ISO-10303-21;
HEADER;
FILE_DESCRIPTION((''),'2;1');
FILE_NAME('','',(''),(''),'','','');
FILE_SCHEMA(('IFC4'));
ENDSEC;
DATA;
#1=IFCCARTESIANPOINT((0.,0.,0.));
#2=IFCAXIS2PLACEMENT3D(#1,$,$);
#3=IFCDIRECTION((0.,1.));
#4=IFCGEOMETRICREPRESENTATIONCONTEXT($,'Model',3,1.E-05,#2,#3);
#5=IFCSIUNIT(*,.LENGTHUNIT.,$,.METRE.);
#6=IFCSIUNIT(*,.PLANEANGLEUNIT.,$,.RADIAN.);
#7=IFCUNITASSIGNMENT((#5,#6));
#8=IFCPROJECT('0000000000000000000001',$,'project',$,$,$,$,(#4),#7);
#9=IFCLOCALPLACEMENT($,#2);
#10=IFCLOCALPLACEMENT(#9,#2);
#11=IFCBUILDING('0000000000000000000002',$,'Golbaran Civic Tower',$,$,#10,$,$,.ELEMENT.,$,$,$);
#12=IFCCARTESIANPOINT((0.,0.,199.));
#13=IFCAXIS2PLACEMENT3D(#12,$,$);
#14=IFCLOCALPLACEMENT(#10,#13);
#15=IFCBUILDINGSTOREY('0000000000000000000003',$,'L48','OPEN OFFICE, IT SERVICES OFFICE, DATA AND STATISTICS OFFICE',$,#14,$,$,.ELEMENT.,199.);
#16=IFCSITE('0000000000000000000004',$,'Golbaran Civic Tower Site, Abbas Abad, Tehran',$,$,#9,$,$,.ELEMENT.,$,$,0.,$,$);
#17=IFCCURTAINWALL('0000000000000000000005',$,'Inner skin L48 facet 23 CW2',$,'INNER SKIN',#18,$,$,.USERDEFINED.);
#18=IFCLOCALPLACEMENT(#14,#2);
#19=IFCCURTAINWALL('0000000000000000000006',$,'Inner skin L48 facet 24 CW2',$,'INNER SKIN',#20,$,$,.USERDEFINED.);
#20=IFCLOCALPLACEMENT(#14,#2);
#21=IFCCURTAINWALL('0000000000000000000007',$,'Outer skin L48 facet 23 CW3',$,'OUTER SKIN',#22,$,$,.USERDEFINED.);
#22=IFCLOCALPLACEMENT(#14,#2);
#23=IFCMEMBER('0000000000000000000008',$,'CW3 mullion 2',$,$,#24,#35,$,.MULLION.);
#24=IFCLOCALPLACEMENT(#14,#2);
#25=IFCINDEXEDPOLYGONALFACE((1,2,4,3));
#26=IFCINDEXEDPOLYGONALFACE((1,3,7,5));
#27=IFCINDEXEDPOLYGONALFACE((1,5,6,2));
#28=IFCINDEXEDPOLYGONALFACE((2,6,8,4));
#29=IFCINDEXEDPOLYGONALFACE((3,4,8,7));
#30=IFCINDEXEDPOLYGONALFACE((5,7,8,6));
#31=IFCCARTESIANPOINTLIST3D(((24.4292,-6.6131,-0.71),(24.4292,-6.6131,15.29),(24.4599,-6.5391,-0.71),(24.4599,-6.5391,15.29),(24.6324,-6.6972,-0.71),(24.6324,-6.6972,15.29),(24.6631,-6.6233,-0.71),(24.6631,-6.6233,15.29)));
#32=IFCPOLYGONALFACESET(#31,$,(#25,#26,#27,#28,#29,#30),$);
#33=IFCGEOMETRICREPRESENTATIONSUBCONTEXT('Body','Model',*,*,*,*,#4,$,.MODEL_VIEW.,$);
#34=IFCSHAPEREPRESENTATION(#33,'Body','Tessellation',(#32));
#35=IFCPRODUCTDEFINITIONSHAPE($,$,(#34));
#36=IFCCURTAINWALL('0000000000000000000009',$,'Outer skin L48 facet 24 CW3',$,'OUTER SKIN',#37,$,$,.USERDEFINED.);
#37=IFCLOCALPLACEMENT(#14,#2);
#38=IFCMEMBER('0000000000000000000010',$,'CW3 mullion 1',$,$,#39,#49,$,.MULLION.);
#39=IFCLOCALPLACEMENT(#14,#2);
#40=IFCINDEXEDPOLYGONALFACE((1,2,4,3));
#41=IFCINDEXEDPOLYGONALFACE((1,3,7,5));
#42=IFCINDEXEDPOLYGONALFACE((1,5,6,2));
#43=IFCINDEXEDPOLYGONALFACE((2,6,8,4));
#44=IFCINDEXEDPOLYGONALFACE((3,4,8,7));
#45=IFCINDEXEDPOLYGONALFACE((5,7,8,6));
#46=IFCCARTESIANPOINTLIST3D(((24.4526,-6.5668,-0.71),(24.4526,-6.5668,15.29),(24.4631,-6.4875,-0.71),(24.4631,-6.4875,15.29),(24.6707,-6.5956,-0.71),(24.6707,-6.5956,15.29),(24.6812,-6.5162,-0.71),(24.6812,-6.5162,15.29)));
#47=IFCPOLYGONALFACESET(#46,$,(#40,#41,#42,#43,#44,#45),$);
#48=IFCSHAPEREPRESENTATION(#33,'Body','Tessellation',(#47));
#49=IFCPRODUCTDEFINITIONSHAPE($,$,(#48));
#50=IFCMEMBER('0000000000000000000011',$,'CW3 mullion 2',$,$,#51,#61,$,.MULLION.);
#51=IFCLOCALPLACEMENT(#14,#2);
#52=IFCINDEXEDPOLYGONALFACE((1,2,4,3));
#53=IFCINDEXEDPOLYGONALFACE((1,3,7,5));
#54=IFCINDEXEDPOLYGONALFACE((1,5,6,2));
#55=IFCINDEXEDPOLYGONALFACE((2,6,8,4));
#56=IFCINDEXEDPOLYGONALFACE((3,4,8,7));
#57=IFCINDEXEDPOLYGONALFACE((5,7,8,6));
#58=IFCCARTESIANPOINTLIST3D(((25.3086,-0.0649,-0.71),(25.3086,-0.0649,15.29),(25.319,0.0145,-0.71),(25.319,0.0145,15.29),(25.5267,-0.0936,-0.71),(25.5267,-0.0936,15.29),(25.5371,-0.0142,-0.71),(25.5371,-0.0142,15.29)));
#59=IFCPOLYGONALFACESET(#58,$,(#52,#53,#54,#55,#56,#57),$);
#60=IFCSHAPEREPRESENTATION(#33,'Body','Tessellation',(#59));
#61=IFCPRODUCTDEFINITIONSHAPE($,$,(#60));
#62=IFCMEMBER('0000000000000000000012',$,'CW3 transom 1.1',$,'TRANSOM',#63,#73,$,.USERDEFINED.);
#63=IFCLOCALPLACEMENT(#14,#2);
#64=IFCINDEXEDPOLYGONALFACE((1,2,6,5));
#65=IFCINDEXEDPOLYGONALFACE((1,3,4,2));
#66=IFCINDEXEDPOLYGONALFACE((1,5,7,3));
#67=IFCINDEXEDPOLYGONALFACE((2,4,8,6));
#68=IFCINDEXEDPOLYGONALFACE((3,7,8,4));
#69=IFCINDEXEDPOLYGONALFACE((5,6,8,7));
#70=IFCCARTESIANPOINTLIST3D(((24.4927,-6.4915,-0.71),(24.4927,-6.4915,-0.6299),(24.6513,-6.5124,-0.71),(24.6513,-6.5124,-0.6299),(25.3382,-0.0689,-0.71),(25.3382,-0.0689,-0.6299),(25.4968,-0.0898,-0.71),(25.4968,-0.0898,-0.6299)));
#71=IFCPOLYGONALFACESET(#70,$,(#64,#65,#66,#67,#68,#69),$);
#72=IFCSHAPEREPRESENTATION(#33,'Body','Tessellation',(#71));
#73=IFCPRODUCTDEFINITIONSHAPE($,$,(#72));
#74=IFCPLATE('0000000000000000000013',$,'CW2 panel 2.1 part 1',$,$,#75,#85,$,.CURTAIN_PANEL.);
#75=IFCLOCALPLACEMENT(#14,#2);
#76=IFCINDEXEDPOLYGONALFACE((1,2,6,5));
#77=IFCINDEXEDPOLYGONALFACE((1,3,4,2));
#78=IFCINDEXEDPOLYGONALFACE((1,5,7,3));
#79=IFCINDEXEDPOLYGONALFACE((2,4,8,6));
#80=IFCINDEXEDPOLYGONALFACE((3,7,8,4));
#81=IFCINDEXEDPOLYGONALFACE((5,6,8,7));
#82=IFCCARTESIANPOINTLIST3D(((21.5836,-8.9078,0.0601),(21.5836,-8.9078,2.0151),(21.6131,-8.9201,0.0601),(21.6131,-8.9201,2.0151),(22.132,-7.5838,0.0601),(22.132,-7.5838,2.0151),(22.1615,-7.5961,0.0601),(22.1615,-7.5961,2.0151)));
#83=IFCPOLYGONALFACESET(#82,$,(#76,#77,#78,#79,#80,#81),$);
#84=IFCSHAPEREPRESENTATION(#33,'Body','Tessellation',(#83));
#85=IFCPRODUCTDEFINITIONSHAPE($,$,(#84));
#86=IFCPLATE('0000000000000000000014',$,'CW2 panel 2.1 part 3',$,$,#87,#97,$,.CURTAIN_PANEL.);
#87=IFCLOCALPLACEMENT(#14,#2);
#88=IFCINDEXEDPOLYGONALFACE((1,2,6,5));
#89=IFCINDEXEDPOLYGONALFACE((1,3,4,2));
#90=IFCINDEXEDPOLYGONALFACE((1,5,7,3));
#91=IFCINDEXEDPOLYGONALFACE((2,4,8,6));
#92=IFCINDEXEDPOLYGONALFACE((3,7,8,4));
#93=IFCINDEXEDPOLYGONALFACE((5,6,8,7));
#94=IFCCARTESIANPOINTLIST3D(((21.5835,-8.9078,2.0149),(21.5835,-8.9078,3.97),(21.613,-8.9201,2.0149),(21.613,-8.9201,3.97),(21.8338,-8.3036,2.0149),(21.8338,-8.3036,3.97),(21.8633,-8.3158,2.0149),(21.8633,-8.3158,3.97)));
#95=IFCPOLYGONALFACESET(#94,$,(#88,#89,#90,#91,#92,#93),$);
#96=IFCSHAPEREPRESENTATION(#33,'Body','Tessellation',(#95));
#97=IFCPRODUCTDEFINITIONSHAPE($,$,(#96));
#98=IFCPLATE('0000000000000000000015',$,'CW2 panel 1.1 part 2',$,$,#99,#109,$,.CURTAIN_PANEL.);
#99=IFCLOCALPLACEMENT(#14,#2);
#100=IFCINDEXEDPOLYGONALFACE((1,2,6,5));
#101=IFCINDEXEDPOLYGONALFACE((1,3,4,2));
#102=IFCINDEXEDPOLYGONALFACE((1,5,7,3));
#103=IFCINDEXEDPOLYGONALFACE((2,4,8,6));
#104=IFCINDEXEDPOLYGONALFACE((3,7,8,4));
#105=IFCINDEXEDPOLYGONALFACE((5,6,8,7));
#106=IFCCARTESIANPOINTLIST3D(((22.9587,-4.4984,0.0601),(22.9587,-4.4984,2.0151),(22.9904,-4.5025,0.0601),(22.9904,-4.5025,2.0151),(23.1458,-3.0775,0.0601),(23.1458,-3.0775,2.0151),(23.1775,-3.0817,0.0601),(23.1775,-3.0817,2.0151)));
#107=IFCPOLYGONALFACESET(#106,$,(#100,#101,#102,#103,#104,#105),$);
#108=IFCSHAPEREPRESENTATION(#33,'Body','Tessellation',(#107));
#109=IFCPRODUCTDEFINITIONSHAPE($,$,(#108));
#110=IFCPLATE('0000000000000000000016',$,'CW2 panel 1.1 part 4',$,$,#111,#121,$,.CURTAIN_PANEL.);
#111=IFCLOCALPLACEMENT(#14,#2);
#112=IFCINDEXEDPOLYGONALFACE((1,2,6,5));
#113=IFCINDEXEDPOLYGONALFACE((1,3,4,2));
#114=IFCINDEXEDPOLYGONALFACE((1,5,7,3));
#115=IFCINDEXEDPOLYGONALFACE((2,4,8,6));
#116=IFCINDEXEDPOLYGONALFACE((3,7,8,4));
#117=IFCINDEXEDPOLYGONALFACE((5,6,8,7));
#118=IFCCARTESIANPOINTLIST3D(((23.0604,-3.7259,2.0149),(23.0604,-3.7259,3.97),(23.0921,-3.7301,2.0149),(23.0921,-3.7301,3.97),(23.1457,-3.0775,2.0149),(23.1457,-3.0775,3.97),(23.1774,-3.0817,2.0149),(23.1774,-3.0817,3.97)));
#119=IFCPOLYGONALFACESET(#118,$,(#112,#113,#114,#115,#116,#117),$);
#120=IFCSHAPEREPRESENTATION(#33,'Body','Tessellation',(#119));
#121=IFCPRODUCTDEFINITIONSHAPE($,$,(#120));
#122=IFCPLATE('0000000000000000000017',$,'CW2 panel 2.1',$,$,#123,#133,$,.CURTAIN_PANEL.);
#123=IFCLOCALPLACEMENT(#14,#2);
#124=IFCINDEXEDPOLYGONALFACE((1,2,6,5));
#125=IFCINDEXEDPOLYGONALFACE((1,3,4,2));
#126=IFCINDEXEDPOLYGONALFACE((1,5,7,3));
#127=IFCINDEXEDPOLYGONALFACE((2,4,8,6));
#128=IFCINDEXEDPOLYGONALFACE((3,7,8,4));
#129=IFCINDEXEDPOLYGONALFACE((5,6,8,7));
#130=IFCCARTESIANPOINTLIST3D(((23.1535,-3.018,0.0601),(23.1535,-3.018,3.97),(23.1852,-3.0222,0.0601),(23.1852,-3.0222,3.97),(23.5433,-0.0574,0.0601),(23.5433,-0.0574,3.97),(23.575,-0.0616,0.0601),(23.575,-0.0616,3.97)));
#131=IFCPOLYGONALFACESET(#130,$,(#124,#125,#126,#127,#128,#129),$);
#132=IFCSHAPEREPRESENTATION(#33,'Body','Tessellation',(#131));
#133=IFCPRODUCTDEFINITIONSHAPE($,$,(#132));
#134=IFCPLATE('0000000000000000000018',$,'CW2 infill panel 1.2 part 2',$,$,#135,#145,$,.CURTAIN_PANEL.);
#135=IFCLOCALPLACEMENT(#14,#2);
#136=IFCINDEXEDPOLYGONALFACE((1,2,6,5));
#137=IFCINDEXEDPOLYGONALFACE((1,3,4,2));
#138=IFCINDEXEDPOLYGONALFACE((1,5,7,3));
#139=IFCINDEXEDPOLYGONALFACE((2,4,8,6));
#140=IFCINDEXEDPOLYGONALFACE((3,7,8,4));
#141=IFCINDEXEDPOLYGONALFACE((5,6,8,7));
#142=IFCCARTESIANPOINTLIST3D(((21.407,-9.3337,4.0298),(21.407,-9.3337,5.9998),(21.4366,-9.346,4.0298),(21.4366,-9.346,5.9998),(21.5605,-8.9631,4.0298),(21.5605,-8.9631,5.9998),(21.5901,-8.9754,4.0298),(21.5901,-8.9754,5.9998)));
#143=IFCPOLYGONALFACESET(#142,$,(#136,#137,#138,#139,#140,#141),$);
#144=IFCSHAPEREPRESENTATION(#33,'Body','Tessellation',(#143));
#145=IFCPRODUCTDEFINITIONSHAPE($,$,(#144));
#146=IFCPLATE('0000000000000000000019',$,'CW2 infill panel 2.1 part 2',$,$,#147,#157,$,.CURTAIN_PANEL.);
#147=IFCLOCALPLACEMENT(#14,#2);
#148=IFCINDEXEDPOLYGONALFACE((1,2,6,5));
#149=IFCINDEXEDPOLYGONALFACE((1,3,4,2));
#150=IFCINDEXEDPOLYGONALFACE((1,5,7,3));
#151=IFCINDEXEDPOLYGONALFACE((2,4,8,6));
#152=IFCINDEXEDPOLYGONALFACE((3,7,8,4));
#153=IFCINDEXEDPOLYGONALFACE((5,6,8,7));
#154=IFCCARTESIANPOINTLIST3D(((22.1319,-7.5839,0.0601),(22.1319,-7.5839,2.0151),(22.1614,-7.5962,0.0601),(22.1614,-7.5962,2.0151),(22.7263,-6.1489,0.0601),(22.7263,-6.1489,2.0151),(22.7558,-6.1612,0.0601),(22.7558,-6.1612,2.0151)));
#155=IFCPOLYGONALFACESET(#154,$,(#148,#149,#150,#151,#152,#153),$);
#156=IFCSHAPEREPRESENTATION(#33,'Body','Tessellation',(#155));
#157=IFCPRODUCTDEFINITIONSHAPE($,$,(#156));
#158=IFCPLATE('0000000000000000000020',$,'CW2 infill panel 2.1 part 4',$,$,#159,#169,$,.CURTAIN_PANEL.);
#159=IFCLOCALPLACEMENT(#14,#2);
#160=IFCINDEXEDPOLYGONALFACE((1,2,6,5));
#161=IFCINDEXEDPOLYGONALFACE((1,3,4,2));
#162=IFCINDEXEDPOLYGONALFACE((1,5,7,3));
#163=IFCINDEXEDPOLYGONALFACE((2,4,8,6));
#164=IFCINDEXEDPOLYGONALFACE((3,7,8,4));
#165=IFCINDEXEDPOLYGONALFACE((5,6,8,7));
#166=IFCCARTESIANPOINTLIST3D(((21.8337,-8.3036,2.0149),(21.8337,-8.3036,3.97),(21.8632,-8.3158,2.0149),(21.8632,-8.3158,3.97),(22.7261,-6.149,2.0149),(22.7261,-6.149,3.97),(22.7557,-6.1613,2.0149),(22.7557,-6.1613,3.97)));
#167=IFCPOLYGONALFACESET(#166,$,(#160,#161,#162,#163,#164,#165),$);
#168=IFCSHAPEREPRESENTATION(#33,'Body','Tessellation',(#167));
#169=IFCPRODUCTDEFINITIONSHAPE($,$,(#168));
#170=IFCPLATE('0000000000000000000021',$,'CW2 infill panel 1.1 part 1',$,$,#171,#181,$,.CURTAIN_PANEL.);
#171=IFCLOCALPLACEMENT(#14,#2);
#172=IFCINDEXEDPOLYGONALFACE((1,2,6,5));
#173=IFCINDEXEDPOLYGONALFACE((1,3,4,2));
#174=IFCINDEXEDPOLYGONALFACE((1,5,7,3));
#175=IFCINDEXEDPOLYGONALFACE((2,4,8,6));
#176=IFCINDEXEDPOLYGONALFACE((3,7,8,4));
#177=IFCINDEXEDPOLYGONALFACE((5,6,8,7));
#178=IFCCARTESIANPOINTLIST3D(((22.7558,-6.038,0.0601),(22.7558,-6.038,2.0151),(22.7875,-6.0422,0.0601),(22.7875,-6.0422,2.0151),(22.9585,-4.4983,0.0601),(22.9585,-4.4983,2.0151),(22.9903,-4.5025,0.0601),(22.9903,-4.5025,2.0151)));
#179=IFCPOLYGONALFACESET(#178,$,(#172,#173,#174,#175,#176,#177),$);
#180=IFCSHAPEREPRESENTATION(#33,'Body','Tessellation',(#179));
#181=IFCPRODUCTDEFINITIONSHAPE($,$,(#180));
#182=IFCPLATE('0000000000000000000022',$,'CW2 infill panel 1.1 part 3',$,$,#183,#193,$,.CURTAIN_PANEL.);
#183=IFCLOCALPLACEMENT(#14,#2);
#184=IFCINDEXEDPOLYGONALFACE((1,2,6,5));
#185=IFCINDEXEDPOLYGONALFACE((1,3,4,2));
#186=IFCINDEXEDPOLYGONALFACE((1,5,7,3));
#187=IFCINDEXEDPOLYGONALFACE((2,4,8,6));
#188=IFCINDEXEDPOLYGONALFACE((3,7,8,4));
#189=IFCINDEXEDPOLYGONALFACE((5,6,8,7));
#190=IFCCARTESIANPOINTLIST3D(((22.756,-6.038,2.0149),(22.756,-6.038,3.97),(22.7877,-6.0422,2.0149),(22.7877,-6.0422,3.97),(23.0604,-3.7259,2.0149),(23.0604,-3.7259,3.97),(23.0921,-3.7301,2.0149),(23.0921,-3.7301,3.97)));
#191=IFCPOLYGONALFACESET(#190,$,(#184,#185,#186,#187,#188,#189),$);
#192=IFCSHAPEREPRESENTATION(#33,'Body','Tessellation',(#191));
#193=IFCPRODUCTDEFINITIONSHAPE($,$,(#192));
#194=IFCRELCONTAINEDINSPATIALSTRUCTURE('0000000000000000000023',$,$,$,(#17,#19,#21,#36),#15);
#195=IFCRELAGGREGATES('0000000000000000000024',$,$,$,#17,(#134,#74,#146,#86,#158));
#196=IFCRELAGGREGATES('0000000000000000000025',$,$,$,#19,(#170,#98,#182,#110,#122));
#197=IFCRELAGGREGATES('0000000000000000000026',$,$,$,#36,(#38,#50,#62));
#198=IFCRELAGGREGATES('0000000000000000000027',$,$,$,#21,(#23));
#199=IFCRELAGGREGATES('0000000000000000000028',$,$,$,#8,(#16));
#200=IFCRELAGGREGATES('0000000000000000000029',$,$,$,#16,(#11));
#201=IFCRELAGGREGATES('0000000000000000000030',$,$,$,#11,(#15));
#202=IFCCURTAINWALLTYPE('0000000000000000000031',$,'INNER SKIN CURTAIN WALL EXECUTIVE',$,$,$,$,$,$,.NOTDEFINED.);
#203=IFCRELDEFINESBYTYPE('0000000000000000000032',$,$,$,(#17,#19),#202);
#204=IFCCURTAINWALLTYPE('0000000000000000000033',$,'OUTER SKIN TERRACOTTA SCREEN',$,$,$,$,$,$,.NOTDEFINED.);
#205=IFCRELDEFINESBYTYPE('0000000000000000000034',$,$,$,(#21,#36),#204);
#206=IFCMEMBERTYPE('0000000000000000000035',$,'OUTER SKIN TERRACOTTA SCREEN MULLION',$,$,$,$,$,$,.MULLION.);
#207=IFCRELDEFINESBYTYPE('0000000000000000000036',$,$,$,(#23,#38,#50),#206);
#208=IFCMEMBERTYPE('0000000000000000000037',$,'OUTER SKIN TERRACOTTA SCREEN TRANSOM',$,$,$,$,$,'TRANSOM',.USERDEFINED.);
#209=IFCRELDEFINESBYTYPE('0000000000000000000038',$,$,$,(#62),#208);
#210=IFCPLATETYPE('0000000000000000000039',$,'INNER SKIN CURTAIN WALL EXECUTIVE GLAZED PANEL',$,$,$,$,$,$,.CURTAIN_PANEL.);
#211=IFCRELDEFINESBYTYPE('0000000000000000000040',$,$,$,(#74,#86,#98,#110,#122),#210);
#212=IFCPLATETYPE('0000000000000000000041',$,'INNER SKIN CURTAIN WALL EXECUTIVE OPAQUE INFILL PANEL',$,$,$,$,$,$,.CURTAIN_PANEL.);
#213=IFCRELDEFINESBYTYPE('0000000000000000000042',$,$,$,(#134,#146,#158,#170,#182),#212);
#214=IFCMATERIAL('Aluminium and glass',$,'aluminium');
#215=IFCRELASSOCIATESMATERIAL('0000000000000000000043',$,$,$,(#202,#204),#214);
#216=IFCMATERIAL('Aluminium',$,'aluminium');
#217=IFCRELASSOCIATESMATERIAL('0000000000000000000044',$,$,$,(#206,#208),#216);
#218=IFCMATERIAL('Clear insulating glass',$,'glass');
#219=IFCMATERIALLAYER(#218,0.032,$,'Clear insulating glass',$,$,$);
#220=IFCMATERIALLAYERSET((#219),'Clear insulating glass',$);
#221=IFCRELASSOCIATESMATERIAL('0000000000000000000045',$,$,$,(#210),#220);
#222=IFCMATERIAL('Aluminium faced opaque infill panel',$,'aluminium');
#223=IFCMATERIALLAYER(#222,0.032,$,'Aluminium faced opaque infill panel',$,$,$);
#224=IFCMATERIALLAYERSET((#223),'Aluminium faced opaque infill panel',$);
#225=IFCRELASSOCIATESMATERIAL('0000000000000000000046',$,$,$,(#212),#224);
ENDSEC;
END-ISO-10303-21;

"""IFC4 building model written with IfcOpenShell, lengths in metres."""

from ifc_helpers import new_model, si_unit, direction, frame, origin, origin_2d, place, context, subcontext, project, spatial, rectangle, extrude, material, layer, layer_set, material_profile, profile_set, type_object, element, aggregate, save


model = new_model("IFC4")

# Units and contexts
model_context = context("Model", 3, precision=1e-05, world=origin(), true_north=direction((0.0, 1.0)))
body_context = subcontext(model_context, "Body", "Model", "MODEL_VIEW")
ifc_project = project(units=[si_unit("LENGTHUNIT", "METRE"), si_unit("PLANEANGLEUNIT", "RADIAN")], contexts=[model_context])

# Site, building, storey
site_placement = place(None, origin())
site = spatial("IfcSite", under=ifc_project, at=site_placement, Name="Golbaran Civic Tower Site, Abbas Abad, Tehran", CompositionType="ELEMENT", RefElevation=0.0)
building_placement = place(site_placement, origin())
building = spatial("IfcBuilding", under=site, at=building_placement, Name="Golbaran Civic Tower", CompositionType="ELEMENT")
storey_placement = place(building_placement, frame((0.0, 0.0, 199.0)))
storey = spatial("IfcBuildingStorey", under=building, at=storey_placement, Name="L48", Description="OPEN OFFICE, IT SERVICES OFFICE, DATA AND STATISTICS OFFICE", CompositionType="ELEMENT", Elevation=199.0)

# Curtain walls
ifc_material_1 = material(Name="Aluminium and glass", Category="aluminium")
curtain_wall_type_1 = type_object("IfcCurtainWallType", Name="INNER SKIN CURTAIN WALL EXECUTIVE", PredefinedType="NOTDEFINED", material=ifc_material_1)
curtain_wall_1_placement = place(storey_placement, origin())
curtain_wall_1 = element("IfcCurtainWall", 1, at=curtain_wall_1_placement, inside=storey, type_object=curtain_wall_type_1, Name="Inner skin L48 facet 23 CW2", ObjectType="INNER SKIN", PredefinedType="USERDEFINED")
ifc_material_2 = material(Name="Aluminium", Category="aluminium")
curtain_wall_2_placement = place(storey_placement, origin())
curtain_wall_2 = element("IfcCurtainWall", 2, at=curtain_wall_2_placement, inside=storey, type_object=curtain_wall_type_1, Name="Inner skin L48 facet 24 CW2", ObjectType="INNER SKIN", PredefinedType="USERDEFINED")

# Curtain wall, member
curtain_wall_type_2 = type_object("IfcCurtainWallType", Name="OUTER SKIN TERRACOTTA SCREEN", PredefinedType="NOTDEFINED", material=ifc_material_1)
curtain_wall_3_placement = place(storey_placement, origin())
curtain_wall_3 = element("IfcCurtainWall", 3, at=curtain_wall_3_placement, inside=storey, type_object=curtain_wall_type_2, Name="Outer skin L48 facet 23 CW3", ObjectType="OUTER SKIN", PredefinedType="USERDEFINED")
ifc_material_profile_1 = material_profile(ifc_material_2, rectangle(XDim=0.22, YDim=0.0801, at=origin_2d()), Name="OUTER SKIN TERRACOTTA SCREEN MULLION")
ifc_profile_set_1 = profile_set([ifc_material_profile_1], Name="Aluminium")
member_type_1 = type_object("IfcMemberType", Name="OUTER SKIN TERRACOTTA SCREEN MULLION", PredefinedType="MULLION", material=ifc_profile_set_1)
member_1_placement = place(storey_placement, frame((24.5461, -6.6182, -0.71), z_axis=(0.0, 0.0, 1.0), x_axis=(-0.92388, 0.382683, 0.0)))
member_1 = element("IfcMember", 4, at=member_1_placement, type_object=member_type_1, Name="CW3 mullion 2", PredefinedType="MULLION", context=body_context, shape_type="SweptSolid", body=[
    extrude(rectangle(XDim=0.22, YDim=0.0801, at=origin_2d()), origin(), (0.0, 0.0, 1.0), 16.0),
])

# Curtain wall, members
curtain_wall_4_placement = place(storey_placement, origin())
curtain_wall_4 = element("IfcCurtainWall", 5, at=curtain_wall_4_placement, inside=storey, type_object=curtain_wall_type_2, Name="Outer skin L48 facet 24 CW3", ObjectType="OUTER SKIN", PredefinedType="USERDEFINED")
member_2_placement = place(storey_placement, frame((24.5669, -6.5415, -0.71), z_axis=(0.0, 0.0, 1.0), x_axis=(-0.991445, 0.130526, 0.0)))
member_2 = element("IfcMember", 6, at=member_2_placement, type_object=member_type_1, Name="CW3 mullion 1", PredefinedType="MULLION", context=body_context, shape_type="SweptSolid", body=[
    extrude(rectangle(XDim=0.22, YDim=0.0801, at=origin_2d()), origin(), (0.0, 0.0, 1.0), 16.0),
])
member_3_placement = place(storey_placement, frame((25.4229, -0.0396, -0.71), z_axis=(0.0, 0.0, 1.0), x_axis=(-0.991445, 0.130526, 0.0)))
member_3 = element("IfcMember", 7, at=member_3_placement, type_object=member_type_1, Name="CW3 mullion 2", PredefinedType="MULLION", context=body_context, shape_type="SweptSolid", body=[
    extrude(rectangle(XDim=0.22, YDim=0.0801, at=origin_2d()), origin(), (0.0, 0.0, 1.0), 16.0),
])
ifc_material_profile_2 = material_profile(ifc_material_2, rectangle(XDim=0.1599, YDim=0.0801, at=origin_2d()), Name="OUTER SKIN TERRACOTTA SCREEN TRANSOM")
ifc_profile_set_2 = profile_set([ifc_material_profile_2], Name="Aluminium")
member_type_2 = type_object("IfcMemberType", Name="OUTER SKIN TERRACOTTA SCREEN TRANSOM", ElementType="TRANSOM", PredefinedType="USERDEFINED", material=ifc_profile_set_2)
member_4_placement = place(storey_placement, frame((24.572, -6.502, -0.6699), z_axis=(0.130512, 0.991447, 0.0), x_axis=(-0.991447, 0.130512, 0.0)))
member_4 = element("IfcMember", 8, at=member_4_placement, type_object=member_type_2, Name="CW3 transom 1.1", ObjectType="TRANSOM", PredefinedType="USERDEFINED", context=body_context, shape_type="SweptSolid", body=[
    extrude(rectangle(XDim=0.1599, YDim=0.0801, at=origin_2d()), origin(), (0.0, 0.0, 1.0), 6.478),
])

# Plates
ifc_material_3 = material(Name="Clear insulating glass", Category="glass")
ifc_layer_1 = layer(ifc_material_3, 0.032, Name="Clear insulating glass")
ifc_layer_set_1 = layer_set([ifc_layer_1], Name="Clear insulating glass")
plate_type_1 = type_object("IfcPlateType", Name="INNER SKIN CURTAIN WALL EXECUTIVE GLAZED PANEL", PredefinedType="CURTAIN_PANEL", material=ifc_layer_set_1)
plate_1_placement = place(storey_placement, frame((21.8726, -8.252, 0.0601), z_axis=(0.0, 0.0, 1.0), x_axis=(0.382683, 0.92388, 0.0)))
plate_1 = element("IfcPlate", 9, at=plate_1_placement, type_object=plate_type_1, Name="CW2 panel 2.1 part 1", PredefinedType="CURTAIN_PANEL", context=body_context, shape_type="SweptSolid", body=[
    extrude(rectangle(XDim=1.4331, YDim=0.032, at=origin_2d()), origin(), (0.0, 0.0, 1.0), 1.9551),
])
plate_2_placement = place(storey_placement, frame((21.7234, -8.6118, 2.0149), z_axis=(0.0, 0.0, 1.0), x_axis=(0.382683, 0.92388, 0.0)))
plate_2 = element("IfcPlate", 10, at=plate_2_placement, type_object=plate_type_1, Name="CW2 panel 2.1 part 3", PredefinedType="CURTAIN_PANEL", context=body_context, shape_type="SweptSolid", body=[
    extrude(rectangle(XDim=0.6541, YDim=0.032, at=origin_2d()), origin(), (0.0, 0.0, 1.0), 1.9551),
])
plate_3_placement = place(storey_placement, frame((23.0681, -3.79, 0.0601), z_axis=(0.0, 0.0, 1.0), x_axis=(0.130526, 0.991445, 0.0)))
plate_3 = element("IfcPlate", 11, at=plate_3_placement, type_object=plate_type_1, Name="CW2 panel 1.1 part 2", PredefinedType="CURTAIN_PANEL", context=body_context, shape_type="SweptSolid", body=[
    extrude(rectangle(XDim=1.4331, YDim=0.032, at=origin_2d()), origin(), (0.0, 0.0, 1.0), 1.9551),
])
plate_4_placement = place(storey_placement, frame((23.1189, -3.4038, 2.0149), z_axis=(0.0, 0.0, 1.0), x_axis=(0.130526, 0.991445, 0.0)))
plate_4 = element("IfcPlate", 12, at=plate_4_placement, type_object=plate_type_1, Name="CW2 panel 1.1 part 4", PredefinedType="CURTAIN_PANEL", context=body_context, shape_type="SweptSolid", body=[
    extrude(rectangle(XDim=0.6541, YDim=0.032, at=origin_2d()), origin(), (0.0, 0.0, 1.0), 1.9551),
])
plate_5_placement = place(storey_placement, frame((23.3643, -1.5398, 0.0601), z_axis=(0.0, 0.0, 1.0), x_axis=(0.130526, 0.991445, 0.0)))
plate_5 = element("IfcPlate", 13, at=plate_5_placement, type_object=plate_type_1, Name="CW2 panel 2.1", PredefinedType="CURTAIN_PANEL", context=body_context, shape_type="SweptSolid", body=[
    extrude(rectangle(XDim=2.9861, YDim=0.032, at=origin_2d()), origin(), (0.0, 0.0, 1.0), 3.9099),
])
ifc_material_4 = material(Name="Aluminium faced opaque infill panel", Category="aluminium")
ifc_layer_2 = layer(ifc_material_4, 0.032, Name="Aluminium faced opaque infill panel")
ifc_layer_set_2 = layer_set([ifc_layer_2], Name="Aluminium faced opaque infill panel")
plate_type_2 = type_object("IfcPlateType", Name="INNER SKIN CURTAIN WALL EXECUTIVE OPAQUE INFILL PANEL", PredefinedType="CURTAIN_PANEL", material=ifc_layer_set_2)
plate_6_placement = place(storey_placement, frame((21.4985, -9.1545, 4.0298), z_axis=(0.0, 0.0, 1.0), x_axis=(0.382683, 0.92388, 0.0)))
plate_6 = element("IfcPlate", 14, at=plate_6_placement, type_object=plate_type_2, Name="CW2 infill panel 1.2 part 2", PredefinedType="CURTAIN_PANEL", context=body_context, shape_type="SweptSolid", body=[
    extrude(rectangle(XDim=0.4011, YDim=0.032, at=origin_2d()), origin(), (0.0, 0.0, 1.0), 1.97),
])
plate_7_placement = place(storey_placement, frame((22.4438, -6.8726, 0.0601), z_axis=(0.0, 0.0, 1.0), x_axis=(0.382683, 0.92388, 0.0)))
plate_7 = element("IfcPlate", 15, at=plate_7_placement, type_object=plate_type_2, Name="CW2 infill panel 2.1 part 2", PredefinedType="CURTAIN_PANEL", context=body_context, shape_type="SweptSolid", body=[
    extrude(rectangle(XDim=1.5532, YDim=0.032, at=origin_2d()), origin(), (0.0, 0.0, 1.0), 1.9551),
])
plate_8_placement = place(storey_placement, frame((22.2947, -7.2324, 2.0149), z_axis=(0.0, 0.0, 1.0), x_axis=(0.382683, 0.92388, 0.0)))
plate_8 = element("IfcPlate", 16, at=plate_8_placement, type_object=plate_type_2, Name="CW2 infill panel 2.1 part 4", PredefinedType="CURTAIN_PANEL", context=body_context, shape_type="SweptSolid", body=[
    extrude(rectangle(XDim=2.332, YDim=0.032, at=origin_2d()), origin(), (0.0, 0.0, 1.0), 1.9551),
])
aggregate(curtain_wall_1, [plate_6, plate_1, plate_7, plate_2, plate_8])
plate_9_placement = place(storey_placement, frame((22.873, -5.2703, 0.0601), z_axis=(0.0, 0.0, 1.0), x_axis=(0.130526, 0.991445, 0.0)))
plate_9 = element("IfcPlate", 17, at=plate_9_placement, type_object=plate_type_2, Name="CW2 infill panel 1.1 part 1", PredefinedType="CURTAIN_PANEL", context=body_context, shape_type="SweptSolid", body=[
    extrude(rectangle(XDim=1.553, YDim=0.032, at=origin_2d()), origin(), (0.0, 0.0, 1.0), 1.9551),
])
plate_10_placement = place(storey_placement, frame((22.9241, -4.884, 2.0149), z_axis=(0.0, 0.0, 1.0), x_axis=(0.130526, 0.991445, 0.0)))
plate_10 = element("IfcPlate", 18, at=plate_10_placement, type_object=plate_type_2, Name="CW2 infill panel 1.1 part 3", PredefinedType="CURTAIN_PANEL", context=body_context, shape_type="SweptSolid", body=[
    extrude(rectangle(XDim=2.332, YDim=0.032, at=origin_2d()), origin(), (0.0, 0.0, 1.0), 1.9551),
])
aggregate(curtain_wall_2, [plate_9, plate_3, plate_10, plate_4, plate_5])
aggregate(curtain_wall_4, [member_2, member_3, member_4])
aggregate(curtain_wall_3, [member_1])

save(model, "model.ifc")
